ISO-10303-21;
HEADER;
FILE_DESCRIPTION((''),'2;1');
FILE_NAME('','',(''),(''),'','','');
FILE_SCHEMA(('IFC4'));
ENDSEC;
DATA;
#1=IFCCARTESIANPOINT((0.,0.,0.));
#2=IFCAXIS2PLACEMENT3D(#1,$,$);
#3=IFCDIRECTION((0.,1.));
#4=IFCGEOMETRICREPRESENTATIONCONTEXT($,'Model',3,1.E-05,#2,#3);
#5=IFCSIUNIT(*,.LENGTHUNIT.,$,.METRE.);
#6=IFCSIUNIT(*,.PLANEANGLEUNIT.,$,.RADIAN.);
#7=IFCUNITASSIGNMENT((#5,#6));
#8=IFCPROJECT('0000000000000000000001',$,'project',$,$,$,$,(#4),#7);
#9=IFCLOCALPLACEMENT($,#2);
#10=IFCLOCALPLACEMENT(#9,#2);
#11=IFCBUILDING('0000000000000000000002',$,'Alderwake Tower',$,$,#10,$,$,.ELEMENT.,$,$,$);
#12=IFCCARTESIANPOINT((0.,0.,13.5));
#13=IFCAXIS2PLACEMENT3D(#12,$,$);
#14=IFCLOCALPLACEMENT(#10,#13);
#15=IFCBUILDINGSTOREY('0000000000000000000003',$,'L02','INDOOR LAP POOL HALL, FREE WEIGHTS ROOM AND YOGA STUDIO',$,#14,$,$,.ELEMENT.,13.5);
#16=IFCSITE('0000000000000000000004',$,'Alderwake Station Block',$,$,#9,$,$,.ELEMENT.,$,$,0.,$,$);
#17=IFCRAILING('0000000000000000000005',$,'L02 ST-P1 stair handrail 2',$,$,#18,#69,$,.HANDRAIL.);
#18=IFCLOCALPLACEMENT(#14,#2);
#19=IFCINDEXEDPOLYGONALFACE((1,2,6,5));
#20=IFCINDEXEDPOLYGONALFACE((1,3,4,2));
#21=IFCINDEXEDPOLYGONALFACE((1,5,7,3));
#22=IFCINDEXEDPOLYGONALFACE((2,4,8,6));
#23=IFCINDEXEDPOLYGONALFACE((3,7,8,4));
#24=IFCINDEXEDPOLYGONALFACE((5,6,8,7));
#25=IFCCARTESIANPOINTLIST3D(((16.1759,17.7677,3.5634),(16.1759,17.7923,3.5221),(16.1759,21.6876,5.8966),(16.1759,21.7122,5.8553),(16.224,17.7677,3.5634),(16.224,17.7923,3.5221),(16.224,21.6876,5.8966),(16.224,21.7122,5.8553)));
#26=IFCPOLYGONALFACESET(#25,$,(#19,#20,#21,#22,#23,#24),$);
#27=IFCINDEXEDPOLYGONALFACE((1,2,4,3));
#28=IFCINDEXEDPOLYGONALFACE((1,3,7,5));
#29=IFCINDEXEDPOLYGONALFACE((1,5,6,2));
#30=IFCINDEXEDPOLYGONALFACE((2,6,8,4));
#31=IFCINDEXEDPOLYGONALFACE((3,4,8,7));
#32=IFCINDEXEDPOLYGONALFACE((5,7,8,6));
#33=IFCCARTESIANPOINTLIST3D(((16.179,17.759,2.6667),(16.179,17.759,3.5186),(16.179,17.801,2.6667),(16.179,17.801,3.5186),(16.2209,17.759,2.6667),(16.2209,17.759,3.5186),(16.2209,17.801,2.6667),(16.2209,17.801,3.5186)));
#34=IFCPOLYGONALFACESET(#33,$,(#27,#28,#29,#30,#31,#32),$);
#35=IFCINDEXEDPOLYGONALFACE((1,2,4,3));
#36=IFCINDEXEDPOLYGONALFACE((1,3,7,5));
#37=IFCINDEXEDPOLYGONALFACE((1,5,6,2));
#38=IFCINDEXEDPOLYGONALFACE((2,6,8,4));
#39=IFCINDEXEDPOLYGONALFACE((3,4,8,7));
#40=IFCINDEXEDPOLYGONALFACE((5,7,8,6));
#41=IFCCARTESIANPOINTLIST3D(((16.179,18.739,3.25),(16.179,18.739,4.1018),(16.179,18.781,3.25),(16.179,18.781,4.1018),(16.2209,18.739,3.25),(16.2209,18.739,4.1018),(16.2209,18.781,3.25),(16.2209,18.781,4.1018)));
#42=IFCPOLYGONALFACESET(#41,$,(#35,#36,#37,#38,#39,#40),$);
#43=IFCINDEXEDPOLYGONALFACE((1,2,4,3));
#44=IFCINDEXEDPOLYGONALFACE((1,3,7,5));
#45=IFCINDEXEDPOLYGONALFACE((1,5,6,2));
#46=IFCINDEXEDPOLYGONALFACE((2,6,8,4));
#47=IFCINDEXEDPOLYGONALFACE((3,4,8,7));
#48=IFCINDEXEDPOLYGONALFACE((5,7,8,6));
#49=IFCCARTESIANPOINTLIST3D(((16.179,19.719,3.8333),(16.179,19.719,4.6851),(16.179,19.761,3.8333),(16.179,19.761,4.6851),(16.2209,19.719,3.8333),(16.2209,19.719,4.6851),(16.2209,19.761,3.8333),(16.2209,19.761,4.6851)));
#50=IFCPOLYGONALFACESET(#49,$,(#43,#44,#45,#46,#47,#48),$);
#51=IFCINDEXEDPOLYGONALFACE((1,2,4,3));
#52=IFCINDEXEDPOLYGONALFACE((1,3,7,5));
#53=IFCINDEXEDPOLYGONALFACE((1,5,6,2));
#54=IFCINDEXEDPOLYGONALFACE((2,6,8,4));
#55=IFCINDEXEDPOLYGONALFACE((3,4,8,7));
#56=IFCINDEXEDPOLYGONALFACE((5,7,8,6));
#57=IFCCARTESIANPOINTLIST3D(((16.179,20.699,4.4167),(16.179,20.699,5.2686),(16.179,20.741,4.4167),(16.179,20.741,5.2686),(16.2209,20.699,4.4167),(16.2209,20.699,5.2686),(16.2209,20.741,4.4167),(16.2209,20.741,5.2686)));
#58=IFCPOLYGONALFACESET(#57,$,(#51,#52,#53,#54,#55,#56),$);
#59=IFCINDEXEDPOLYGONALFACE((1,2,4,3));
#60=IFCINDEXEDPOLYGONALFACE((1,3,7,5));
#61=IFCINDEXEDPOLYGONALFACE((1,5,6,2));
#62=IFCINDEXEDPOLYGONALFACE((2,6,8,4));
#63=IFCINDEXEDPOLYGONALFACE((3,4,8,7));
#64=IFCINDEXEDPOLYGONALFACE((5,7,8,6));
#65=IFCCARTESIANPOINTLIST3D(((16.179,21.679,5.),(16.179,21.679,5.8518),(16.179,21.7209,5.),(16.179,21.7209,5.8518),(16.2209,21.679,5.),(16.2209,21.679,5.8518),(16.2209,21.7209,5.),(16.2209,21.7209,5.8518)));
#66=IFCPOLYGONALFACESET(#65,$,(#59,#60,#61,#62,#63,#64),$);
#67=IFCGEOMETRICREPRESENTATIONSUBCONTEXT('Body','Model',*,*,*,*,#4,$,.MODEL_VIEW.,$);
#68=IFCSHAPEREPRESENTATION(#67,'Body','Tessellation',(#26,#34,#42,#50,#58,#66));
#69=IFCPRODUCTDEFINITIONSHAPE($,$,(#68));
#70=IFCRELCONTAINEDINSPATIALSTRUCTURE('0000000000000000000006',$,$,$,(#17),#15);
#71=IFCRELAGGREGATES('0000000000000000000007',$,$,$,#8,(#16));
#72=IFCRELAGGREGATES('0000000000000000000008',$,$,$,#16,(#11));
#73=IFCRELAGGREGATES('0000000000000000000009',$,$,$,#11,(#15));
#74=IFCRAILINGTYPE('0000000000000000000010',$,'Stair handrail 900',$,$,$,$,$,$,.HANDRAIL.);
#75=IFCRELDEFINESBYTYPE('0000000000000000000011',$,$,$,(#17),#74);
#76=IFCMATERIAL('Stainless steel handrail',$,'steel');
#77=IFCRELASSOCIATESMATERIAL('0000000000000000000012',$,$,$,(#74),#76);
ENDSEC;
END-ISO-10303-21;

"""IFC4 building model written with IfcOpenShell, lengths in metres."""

from ifc_helpers import new_model, si_unit, direction, frame, origin, origin_2d, place, context, subcontext, project, spatial, rectangle, extrude, material, type_object, element, save


model = new_model("IFC4")

# Units and contexts
model_context = context("Model", 3, precision=1e-05, world=origin(), true_north=direction((0.0, 1.0)))
body_context = subcontext(model_context, "Body", "Model", "MODEL_VIEW")
ifc_project = project(units=[si_unit("LENGTHUNIT", "METRE"), si_unit("PLANEANGLEUNIT", "RADIAN")], contexts=[model_context])

# Site, building, storey
site_placement = place(None, origin())
site = spatial("IfcSite", under=ifc_project, at=site_placement, Name="Alderwake Station Block", CompositionType="ELEMENT", RefElevation=0.0)
building_placement = place(site_placement, origin())
building = spatial("IfcBuilding", under=site, at=building_placement, Name="Alderwake Tower", CompositionType="ELEMENT")
storey_placement = place(building_placement, frame((0.0, 0.0, 13.5)))
storey = spatial("IfcBuildingStorey", under=building, at=storey_placement, Name="L02", Description="INDOOR LAP POOL HALL, FREE WEIGHTS ROOM AND YOGA STUDIO", CompositionType="ELEMENT", Elevation=13.5)

# Railing
ifc_material_1 = material(Name="Stainless steel handrail", Category="steel")
railing_type_1 = type_object("IfcRailingType", Name="Stair handrail 900", PredefinedType="HANDRAIL", material=ifc_material_1)
railing_1_placement = place(storey_placement, frame((16.2, 17.78, 2.6667)))
element("IfcRailing", 1, at=railing_1_placement, inside=storey, type_object=railing_type_1, Name="L02 ST-P1 stair handrail 2", PredefinedType="HANDRAIL", context=body_context, shape_type="SweptSolid", body=[
    extrude(rectangle(XDim=0.0481, YDim=0.0481, at=origin_2d()), frame((0.0, 0.0, 0.876), z_axis=(0.0, 0.859296, 0.511478), x_axis=(-1.0, 0.0, 0.0)), (0.0, 0.0, 1.0), 4.5618),
    extrude(rectangle(XDim=0.042, YDim=0.042, at=origin_2d()), frame((0.0, 0.0, 0.0), z_axis=(0.0, 0.0, 1.0), x_axis=(0.0, 1.0, 0.0)), (0.0, 0.0, 1.0), 0.8518),
    extrude(rectangle(XDim=0.042, YDim=0.042, at=origin_2d()), frame((0.0, 0.98, 0.5833), z_axis=(0.0, 0.0, 1.0), x_axis=(0.0, 1.0, 0.0)), (0.0, 0.0, 1.0), 0.8518),
    extrude(rectangle(XDim=0.042, YDim=0.042, at=origin_2d()), frame((0.0, 1.96, 1.1665), z_axis=(0.0, 0.0, 1.0), x_axis=(0.0, 1.0, 0.0)), (0.0, 0.0, 1.0), 0.8518),
    extrude(rectangle(XDim=0.042, YDim=0.042, at=origin_2d()), frame((0.0, 2.9399, 1.75), z_axis=(0.0, 0.0, 1.0), x_axis=(0.0, 1.0, 0.0)), (0.0, 0.0, 1.0), 0.8518),
    extrude(rectangle(XDim=0.042, YDim=0.042, at=origin_2d()), frame((0.0, 3.9199, 2.3333), z_axis=(0.0, 0.0, 1.0), x_axis=(0.0, 1.0, 0.0)), (0.0, 0.0, 1.0), 0.8518),
])

save(model, "model.ifc")
